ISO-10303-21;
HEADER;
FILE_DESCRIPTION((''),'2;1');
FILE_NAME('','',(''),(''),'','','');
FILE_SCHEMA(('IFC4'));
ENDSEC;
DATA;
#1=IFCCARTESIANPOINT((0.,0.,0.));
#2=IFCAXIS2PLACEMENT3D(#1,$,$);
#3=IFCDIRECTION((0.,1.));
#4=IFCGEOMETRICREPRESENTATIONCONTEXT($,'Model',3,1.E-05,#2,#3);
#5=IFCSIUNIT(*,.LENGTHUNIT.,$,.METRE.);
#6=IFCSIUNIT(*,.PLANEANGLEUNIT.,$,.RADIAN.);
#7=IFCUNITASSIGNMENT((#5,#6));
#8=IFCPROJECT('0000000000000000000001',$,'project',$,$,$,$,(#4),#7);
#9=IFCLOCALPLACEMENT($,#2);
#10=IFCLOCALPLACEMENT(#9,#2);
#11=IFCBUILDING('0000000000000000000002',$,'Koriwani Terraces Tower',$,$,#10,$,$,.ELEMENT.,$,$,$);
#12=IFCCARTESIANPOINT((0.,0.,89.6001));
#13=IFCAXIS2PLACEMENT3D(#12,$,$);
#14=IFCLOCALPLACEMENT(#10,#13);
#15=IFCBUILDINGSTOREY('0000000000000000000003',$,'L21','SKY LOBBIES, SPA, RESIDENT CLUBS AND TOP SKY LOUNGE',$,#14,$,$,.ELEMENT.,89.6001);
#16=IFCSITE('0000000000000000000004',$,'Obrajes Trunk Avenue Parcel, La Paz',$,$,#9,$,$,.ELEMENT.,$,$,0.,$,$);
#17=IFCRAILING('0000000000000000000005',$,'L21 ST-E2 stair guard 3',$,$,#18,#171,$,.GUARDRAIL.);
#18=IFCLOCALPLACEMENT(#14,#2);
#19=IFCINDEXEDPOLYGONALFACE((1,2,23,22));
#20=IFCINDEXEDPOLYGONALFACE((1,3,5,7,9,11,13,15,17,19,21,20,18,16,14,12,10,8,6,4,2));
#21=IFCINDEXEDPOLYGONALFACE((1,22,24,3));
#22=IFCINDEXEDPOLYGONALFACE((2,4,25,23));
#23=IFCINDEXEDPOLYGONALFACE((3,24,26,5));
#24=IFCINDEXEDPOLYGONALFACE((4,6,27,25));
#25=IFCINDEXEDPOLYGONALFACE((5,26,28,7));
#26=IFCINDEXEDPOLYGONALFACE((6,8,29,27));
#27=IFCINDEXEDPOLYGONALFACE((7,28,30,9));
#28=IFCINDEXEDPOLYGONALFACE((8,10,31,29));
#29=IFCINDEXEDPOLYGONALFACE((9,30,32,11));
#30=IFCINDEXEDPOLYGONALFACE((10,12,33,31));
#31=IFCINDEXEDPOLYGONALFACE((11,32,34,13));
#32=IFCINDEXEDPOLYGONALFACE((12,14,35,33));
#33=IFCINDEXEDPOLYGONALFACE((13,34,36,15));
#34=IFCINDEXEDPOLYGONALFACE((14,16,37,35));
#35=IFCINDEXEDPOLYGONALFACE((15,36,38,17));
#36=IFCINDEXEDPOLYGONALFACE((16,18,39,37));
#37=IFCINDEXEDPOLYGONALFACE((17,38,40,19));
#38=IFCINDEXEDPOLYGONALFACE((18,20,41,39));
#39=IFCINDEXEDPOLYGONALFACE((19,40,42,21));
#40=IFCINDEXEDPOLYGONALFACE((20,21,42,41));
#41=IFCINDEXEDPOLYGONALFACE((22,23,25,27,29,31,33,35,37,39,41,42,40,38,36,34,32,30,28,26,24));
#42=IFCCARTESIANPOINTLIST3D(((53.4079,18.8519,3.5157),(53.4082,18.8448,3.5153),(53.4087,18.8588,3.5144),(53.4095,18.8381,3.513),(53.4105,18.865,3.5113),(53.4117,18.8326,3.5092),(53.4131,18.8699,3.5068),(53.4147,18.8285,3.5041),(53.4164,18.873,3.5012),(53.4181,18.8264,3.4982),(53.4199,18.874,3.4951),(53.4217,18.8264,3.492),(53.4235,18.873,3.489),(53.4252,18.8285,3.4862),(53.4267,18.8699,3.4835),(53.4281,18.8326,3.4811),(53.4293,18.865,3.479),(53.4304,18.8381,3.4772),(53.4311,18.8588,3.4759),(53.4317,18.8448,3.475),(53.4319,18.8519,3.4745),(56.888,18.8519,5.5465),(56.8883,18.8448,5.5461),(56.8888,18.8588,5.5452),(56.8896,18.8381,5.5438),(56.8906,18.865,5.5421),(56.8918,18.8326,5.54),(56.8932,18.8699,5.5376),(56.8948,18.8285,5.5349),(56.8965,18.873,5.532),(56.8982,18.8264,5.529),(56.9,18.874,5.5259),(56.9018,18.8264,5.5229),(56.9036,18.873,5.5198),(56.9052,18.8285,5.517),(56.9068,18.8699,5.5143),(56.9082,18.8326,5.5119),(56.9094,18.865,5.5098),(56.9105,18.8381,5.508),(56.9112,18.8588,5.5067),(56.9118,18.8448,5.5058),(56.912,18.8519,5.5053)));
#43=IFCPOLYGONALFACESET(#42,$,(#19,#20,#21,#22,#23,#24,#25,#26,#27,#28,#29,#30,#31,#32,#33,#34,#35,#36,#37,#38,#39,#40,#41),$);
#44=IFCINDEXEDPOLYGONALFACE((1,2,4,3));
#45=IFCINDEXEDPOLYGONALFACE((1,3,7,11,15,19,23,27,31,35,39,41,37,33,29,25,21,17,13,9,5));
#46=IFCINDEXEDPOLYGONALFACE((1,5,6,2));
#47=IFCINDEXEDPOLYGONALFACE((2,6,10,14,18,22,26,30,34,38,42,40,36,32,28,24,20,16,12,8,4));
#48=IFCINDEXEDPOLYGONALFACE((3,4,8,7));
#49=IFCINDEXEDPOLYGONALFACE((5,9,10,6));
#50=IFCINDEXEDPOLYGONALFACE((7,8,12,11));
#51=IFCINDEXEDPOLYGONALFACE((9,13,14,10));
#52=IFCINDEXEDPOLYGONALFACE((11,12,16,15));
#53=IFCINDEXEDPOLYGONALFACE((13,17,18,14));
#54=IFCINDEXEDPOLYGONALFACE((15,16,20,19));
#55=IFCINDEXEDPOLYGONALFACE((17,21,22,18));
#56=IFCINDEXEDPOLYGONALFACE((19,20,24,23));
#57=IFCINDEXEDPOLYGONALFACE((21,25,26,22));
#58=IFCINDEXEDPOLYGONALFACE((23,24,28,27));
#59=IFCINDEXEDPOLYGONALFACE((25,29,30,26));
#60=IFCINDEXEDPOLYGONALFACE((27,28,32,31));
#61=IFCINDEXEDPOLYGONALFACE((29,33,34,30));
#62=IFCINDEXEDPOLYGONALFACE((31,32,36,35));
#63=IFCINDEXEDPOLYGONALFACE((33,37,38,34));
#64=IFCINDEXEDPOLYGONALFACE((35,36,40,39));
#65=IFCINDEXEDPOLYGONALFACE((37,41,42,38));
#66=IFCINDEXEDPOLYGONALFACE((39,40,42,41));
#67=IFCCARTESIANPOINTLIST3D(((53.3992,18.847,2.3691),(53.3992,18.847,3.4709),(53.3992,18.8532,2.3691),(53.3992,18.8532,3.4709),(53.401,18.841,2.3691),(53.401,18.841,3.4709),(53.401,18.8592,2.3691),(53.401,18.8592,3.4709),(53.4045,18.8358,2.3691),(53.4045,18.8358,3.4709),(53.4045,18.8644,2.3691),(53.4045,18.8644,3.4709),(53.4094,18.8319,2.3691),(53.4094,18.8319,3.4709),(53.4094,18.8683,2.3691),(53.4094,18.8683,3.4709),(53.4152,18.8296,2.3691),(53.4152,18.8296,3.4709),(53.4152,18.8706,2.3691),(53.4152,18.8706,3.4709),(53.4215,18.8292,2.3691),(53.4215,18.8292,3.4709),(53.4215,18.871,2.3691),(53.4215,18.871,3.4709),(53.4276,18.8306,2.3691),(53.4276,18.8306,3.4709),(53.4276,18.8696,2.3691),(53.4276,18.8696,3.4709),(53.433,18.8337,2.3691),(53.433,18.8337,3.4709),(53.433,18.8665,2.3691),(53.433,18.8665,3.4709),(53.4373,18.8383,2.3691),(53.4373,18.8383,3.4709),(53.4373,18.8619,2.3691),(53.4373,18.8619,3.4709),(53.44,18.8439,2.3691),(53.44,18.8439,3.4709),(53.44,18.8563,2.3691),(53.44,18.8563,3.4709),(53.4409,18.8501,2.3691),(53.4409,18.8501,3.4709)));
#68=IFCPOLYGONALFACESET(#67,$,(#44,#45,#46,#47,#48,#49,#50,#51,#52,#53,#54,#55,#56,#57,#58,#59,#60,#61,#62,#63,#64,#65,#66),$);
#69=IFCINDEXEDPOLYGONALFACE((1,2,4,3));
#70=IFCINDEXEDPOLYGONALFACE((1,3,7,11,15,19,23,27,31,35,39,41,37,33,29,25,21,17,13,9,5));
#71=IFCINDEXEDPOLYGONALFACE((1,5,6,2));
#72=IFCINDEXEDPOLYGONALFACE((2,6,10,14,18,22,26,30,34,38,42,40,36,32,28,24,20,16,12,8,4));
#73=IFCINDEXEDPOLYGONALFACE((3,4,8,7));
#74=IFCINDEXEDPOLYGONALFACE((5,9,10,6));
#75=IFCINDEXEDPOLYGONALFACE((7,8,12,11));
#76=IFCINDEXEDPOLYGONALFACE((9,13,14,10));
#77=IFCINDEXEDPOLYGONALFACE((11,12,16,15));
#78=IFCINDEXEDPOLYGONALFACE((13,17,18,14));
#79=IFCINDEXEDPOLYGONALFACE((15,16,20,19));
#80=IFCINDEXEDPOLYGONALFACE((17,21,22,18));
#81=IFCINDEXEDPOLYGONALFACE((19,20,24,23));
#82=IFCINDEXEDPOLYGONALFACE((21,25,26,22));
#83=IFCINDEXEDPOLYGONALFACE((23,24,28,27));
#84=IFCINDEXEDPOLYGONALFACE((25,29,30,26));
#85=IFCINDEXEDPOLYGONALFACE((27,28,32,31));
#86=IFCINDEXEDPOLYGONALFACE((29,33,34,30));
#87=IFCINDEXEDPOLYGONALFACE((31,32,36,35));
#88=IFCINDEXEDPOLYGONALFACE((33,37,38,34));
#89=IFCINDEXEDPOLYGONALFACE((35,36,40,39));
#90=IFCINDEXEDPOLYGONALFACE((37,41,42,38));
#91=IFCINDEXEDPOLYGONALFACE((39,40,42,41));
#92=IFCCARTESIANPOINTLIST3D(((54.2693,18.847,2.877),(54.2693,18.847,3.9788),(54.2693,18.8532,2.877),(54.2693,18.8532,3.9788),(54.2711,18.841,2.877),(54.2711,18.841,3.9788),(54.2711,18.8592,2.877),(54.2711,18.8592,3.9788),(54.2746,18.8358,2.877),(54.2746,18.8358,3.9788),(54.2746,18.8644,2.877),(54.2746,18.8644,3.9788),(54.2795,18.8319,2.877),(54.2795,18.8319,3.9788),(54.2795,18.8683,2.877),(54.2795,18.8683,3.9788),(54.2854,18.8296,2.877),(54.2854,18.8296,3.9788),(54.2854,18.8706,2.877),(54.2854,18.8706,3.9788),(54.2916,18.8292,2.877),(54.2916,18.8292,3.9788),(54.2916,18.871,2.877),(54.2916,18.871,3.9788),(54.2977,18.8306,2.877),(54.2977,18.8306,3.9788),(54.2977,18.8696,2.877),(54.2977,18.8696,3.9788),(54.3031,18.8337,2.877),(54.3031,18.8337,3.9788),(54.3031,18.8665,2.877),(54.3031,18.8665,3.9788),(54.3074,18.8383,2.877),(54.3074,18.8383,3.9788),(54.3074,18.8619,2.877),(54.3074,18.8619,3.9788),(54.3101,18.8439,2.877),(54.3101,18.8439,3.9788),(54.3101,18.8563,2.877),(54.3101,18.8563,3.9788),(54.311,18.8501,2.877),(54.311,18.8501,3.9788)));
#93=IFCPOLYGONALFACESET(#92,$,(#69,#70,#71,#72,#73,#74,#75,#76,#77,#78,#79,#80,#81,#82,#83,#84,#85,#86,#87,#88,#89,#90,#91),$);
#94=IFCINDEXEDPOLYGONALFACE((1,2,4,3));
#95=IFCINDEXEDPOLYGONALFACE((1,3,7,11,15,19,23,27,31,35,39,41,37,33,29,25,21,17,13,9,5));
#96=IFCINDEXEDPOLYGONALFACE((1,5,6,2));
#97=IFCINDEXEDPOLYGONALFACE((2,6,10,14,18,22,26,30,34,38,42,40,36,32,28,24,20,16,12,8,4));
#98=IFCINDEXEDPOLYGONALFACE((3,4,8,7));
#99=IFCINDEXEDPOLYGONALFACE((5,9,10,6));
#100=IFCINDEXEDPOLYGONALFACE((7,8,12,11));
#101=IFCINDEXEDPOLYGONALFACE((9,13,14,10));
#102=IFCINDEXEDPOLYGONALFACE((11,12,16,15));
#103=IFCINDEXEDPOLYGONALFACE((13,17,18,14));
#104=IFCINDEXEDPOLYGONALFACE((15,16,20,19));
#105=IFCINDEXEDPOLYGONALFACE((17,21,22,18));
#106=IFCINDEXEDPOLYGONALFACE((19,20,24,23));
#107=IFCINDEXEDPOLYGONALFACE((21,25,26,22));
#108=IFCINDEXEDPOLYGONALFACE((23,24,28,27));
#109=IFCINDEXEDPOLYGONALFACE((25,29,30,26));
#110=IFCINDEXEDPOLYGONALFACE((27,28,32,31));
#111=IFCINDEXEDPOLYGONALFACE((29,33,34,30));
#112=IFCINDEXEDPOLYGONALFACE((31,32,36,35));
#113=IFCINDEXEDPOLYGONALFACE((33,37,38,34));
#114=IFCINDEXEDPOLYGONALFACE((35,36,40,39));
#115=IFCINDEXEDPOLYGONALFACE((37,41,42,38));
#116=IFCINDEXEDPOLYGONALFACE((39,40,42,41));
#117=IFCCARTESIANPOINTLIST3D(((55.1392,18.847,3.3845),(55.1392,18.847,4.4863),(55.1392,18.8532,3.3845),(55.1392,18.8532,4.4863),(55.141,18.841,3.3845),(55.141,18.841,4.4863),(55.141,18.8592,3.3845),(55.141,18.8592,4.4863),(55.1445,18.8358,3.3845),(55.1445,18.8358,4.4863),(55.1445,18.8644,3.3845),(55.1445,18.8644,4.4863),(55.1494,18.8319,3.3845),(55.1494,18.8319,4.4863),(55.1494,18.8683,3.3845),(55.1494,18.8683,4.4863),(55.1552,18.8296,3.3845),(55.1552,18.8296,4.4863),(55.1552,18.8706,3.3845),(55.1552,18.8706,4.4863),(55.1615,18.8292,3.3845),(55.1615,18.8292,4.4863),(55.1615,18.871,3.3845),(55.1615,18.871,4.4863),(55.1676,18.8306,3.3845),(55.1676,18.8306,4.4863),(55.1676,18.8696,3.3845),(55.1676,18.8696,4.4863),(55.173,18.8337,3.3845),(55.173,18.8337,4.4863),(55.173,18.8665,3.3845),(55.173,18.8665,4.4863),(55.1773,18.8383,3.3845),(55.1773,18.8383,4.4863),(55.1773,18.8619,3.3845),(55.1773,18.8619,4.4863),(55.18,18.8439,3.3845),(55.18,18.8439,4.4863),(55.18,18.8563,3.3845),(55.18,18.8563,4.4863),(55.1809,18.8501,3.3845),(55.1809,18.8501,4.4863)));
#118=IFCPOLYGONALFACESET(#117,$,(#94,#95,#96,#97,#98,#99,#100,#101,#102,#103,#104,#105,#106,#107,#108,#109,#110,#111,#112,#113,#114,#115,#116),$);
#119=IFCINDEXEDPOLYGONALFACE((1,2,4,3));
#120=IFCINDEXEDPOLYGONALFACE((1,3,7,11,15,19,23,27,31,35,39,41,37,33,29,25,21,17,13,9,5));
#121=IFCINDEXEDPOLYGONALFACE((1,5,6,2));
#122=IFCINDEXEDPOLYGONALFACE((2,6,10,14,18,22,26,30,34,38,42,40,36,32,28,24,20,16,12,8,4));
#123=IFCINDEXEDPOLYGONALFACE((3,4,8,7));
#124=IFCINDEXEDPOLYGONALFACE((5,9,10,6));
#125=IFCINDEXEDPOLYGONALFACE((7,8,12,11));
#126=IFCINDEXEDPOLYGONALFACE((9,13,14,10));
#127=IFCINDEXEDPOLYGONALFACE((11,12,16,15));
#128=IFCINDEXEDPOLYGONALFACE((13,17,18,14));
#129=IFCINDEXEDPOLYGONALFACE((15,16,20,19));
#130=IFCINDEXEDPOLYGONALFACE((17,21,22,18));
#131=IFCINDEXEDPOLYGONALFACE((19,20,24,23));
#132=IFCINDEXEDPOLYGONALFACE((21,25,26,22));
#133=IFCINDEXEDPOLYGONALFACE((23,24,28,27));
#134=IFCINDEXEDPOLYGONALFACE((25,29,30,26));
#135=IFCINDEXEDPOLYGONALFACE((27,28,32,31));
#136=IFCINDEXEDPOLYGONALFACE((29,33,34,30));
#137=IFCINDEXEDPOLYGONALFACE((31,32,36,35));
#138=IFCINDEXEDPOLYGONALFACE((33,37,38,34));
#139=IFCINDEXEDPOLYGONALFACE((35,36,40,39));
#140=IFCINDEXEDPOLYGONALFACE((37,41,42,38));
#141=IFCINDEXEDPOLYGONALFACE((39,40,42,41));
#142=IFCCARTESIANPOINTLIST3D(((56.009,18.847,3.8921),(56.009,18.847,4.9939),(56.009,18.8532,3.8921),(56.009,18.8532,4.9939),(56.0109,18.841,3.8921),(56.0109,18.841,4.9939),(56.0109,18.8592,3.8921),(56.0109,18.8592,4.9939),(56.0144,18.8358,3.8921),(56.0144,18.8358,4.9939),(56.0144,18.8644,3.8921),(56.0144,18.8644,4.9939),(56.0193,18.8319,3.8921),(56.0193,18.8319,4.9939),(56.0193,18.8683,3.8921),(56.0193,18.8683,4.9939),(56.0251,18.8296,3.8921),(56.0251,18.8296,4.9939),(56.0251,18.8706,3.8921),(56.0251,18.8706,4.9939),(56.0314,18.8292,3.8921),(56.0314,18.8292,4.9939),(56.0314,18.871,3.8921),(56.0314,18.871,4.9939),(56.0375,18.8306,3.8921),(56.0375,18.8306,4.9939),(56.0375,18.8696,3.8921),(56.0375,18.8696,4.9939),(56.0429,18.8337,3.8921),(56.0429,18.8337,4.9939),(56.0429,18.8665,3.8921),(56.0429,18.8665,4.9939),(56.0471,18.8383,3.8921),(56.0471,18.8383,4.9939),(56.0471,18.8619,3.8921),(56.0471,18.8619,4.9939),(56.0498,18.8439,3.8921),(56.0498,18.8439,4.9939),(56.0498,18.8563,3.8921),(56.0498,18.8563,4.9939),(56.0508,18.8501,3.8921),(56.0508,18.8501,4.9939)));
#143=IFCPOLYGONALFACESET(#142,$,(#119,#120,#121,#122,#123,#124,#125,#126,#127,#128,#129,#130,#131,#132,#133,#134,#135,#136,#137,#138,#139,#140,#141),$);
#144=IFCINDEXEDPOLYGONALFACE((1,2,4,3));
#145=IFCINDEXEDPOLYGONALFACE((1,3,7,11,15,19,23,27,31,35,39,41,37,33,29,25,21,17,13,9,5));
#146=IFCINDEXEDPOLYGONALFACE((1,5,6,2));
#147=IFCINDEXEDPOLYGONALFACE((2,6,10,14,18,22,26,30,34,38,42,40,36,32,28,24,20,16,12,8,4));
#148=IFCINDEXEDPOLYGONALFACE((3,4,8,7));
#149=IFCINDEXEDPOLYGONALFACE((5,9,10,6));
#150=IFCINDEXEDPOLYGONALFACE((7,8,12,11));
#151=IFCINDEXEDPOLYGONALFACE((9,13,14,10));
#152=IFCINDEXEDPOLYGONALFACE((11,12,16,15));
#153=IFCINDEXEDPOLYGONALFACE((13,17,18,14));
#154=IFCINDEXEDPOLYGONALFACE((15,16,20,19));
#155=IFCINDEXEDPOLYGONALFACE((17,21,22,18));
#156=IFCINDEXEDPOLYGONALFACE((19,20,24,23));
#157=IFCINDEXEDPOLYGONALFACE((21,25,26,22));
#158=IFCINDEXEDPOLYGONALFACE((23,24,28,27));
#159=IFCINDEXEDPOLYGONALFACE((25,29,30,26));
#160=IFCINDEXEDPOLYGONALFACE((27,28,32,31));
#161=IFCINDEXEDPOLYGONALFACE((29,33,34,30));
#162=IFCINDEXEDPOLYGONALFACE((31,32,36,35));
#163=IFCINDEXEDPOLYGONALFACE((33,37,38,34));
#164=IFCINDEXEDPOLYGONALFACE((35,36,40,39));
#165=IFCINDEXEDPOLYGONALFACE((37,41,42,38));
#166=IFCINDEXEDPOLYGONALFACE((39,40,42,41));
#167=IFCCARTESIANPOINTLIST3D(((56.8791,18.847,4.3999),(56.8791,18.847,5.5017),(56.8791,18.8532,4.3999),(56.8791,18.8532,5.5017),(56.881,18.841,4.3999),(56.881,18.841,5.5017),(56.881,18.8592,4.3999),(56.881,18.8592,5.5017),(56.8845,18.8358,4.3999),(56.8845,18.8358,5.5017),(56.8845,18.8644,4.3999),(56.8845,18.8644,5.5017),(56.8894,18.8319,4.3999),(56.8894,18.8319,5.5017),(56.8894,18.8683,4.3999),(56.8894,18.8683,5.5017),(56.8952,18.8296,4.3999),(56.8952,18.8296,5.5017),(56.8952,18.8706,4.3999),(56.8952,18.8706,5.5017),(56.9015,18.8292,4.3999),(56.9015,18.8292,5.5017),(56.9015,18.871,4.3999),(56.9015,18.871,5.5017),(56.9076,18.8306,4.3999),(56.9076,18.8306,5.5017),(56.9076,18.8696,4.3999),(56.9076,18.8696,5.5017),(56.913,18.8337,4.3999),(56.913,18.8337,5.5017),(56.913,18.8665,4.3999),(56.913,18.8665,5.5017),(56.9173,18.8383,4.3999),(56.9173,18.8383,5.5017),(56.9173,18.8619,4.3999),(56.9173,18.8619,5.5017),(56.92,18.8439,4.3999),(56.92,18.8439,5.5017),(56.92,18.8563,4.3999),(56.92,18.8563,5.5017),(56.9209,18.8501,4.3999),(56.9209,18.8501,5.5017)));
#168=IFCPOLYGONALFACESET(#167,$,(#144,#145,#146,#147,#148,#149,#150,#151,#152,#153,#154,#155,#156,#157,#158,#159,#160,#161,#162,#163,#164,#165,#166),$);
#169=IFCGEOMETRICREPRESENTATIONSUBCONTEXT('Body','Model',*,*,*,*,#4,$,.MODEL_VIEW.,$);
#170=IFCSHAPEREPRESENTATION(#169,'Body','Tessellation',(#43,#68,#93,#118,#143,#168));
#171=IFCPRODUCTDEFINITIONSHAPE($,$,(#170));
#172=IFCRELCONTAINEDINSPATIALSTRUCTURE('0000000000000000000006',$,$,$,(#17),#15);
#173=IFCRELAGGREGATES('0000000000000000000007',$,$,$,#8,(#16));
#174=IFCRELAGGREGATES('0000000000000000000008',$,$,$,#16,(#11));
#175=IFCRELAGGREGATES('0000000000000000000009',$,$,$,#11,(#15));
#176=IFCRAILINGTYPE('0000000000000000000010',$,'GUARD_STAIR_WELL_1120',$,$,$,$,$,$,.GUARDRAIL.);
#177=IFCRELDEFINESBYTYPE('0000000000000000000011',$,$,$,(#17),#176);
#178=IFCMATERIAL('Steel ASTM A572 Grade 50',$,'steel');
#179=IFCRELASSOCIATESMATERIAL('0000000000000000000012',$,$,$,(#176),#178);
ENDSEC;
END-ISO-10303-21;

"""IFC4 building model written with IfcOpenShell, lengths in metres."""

from ifc_helpers import new_model, si_unit, direction, frame, origin, origin_2d, place, context, subcontext, project, spatial, circle, extrude, material, type_object, element, save


model = new_model("IFC4")

# Units and contexts
model_context = context("Model", 3, precision=1e-05, world=origin(), true_north=direction((0.0, 1.0)))
body_context = subcontext(model_context, "Body", "Model", "MODEL_VIEW")
ifc_project = project(units=[si_unit("LENGTHUNIT", "METRE"), si_unit("PLANEANGLEUNIT", "RADIAN")], contexts=[model_context])

# Site, building, storey
site_placement = place(None, origin())
site = spatial("IfcSite", under=ifc_project, at=site_placement, Name="Obrajes Trunk Avenue Parcel, La Paz", CompositionType="ELEMENT", RefElevation=0.0)
building_placement = place(site_placement, origin())
building = spatial("IfcBuilding", under=site, at=building_placement, Name="Koriwani Terraces Tower", CompositionType="ELEMENT")
storey_placement = place(building_placement, frame((0.0, 0.0, 89.6001)))
storey = spatial("IfcBuildingStorey", under=building, at=storey_placement, Name="L21", Description="SKY LOBBIES, SPA, RESIDENT CLUBS AND TOP SKY LOUNGE", CompositionType="ELEMENT", Elevation=89.6001)

# Shared definitions
ifc_material_1 = material(Name="Steel ASTM A572 Grade 50", Category="steel")

# Railing
railing_type_1 = type_object("IfcRailingType", Name="GUARD_STAIR_WELL_1120", PredefinedType="GUARDRAIL", material=ifc_material_1)
railing_1_placement = place(storey_placement, frame((53.4199, 18.8501, 2.3691)))
element("IfcRailing", 1, at=railing_1_placement, inside=storey, type_object=railing_type_1, Name="L21 ST-E2 stair guard 3", PredefinedType="GUARDRAIL", context=body_context, shape_type="SweptSolid", body=[
    extrude(circle(Radius=0.0239, at=origin_2d()), frame((0.0, 0.0, 1.126), z_axis=(0.863695, 0.0, 0.504014), x_axis=(0.0, 1.0, 0.0)), (0.0, 0.0, 1.0), 4.0293),
    extrude(circle(Radius=0.021, at=origin_2d()), origin(), (0.0, 0.0, 1.0), 1.1018),
    extrude(circle(Radius=0.021, at=origin_2d()), frame((0.8701, 0.0, 0.5078)), (0.0, 0.0, 1.0), 1.1018),
    extrude(circle(Radius=0.021, at=origin_2d()), frame((1.74, 0.0, 1.0154)), (0.0, 0.0, 1.0), 1.1018),
    extrude(circle(Radius=0.021, at=origin_2d()), frame((2.6099, 0.0, 1.5229)), (0.0, 0.0, 1.0), 1.1018),
    extrude(circle(Radius=0.021, at=origin_2d()), frame((3.48, 0.0, 2.0308)), (0.0, 0.0, 1.0), 1.1018),
])

save(model, "model.ifc")
